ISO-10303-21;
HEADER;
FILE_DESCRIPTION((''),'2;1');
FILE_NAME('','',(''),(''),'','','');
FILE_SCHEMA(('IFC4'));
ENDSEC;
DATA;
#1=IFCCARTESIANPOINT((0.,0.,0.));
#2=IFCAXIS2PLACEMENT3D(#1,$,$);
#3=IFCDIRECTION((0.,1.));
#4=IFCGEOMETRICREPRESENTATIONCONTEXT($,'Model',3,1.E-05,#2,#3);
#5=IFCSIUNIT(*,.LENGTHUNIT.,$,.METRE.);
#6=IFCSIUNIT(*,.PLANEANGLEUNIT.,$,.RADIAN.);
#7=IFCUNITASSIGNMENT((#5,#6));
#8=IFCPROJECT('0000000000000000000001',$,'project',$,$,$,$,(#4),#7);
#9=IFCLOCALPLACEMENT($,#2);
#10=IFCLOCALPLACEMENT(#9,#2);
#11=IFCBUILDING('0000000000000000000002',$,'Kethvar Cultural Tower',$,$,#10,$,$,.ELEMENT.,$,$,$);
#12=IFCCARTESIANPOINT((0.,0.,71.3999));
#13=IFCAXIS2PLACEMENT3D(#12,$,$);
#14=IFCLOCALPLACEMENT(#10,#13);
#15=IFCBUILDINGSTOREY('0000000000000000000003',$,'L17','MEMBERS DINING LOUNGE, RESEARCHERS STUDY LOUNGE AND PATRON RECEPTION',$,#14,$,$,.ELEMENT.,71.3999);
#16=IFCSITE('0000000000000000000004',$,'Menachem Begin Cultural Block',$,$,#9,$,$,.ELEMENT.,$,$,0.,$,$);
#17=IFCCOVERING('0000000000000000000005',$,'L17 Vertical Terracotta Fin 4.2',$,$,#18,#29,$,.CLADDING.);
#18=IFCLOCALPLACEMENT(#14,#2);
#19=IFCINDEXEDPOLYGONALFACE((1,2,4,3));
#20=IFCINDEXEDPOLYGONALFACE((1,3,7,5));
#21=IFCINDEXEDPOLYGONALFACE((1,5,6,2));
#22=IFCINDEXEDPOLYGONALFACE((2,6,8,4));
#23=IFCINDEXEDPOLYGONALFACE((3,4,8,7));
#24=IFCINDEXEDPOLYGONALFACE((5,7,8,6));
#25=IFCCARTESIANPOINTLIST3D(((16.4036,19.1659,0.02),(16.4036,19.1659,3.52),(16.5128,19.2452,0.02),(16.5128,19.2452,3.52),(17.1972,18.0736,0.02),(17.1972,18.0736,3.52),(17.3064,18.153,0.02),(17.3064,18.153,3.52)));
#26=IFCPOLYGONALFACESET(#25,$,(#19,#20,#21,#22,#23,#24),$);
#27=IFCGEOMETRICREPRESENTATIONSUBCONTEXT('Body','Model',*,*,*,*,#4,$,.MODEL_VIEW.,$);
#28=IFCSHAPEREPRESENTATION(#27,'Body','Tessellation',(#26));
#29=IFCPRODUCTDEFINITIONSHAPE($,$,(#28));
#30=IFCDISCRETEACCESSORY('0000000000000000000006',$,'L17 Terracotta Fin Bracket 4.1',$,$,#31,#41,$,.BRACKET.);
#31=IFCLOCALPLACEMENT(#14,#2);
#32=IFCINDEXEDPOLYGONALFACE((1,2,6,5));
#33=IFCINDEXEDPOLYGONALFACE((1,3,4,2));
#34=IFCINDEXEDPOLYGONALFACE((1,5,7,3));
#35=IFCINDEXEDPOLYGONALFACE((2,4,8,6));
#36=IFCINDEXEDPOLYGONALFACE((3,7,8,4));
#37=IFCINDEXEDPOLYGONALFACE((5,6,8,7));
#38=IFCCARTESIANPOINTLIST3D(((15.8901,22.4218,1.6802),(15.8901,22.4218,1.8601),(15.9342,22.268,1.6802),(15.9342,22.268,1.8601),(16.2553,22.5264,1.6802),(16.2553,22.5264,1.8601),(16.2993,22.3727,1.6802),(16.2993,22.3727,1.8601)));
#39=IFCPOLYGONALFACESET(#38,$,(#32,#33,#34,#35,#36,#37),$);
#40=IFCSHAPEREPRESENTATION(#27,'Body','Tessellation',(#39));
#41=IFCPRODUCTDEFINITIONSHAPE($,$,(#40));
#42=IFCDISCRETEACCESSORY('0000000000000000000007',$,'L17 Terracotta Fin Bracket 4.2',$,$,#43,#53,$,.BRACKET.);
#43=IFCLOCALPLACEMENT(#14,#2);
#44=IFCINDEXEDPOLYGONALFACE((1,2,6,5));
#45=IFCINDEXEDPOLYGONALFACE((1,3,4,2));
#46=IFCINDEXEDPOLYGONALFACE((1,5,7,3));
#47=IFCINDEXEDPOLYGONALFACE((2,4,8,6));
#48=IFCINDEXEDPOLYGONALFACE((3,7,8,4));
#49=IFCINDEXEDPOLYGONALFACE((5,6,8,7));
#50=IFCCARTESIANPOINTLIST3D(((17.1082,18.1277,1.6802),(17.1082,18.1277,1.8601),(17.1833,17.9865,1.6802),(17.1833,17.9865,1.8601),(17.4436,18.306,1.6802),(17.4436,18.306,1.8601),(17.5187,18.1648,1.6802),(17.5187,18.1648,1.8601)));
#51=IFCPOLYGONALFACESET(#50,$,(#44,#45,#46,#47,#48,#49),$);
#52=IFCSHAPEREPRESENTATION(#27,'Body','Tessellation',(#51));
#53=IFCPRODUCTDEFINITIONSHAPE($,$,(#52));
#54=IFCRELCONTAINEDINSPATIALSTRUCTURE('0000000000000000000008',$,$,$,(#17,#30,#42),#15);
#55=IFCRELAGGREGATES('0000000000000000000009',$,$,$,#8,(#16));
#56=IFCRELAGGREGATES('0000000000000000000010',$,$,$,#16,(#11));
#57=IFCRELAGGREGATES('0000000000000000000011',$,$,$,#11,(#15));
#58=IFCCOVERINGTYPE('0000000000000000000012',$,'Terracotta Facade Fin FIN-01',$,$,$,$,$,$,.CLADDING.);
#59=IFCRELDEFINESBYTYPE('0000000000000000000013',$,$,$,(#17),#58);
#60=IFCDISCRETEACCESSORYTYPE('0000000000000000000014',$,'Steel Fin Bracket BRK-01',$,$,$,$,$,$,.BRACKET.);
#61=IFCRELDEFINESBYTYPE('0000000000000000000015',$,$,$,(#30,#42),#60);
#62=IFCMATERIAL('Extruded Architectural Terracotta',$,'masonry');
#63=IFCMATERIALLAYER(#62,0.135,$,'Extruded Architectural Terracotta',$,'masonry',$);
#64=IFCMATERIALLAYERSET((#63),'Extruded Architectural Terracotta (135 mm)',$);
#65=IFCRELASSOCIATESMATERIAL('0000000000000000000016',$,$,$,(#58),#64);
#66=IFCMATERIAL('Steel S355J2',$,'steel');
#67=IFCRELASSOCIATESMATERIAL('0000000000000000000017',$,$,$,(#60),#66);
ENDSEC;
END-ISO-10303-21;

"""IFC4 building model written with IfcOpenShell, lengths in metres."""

from ifc_helpers import new_model, si_unit, direction, frame, origin, origin_2d, place, context, subcontext, project, spatial, rectangle, extrude, source, transform, mapped, material, layer, layer_set, type_object, element, save


model = new_model("IFC4")

# Units and contexts
model_context = context("Model", 3, precision=1e-05, world=origin(), true_north=direction((0.0, 1.0)))
body_context = subcontext(model_context, "Body", "Model", "MODEL_VIEW")
ifc_project = project(units=[si_unit("LENGTHUNIT", "METRE"), si_unit("PLANEANGLEUNIT", "RADIAN")], contexts=[model_context])

# Site, building, storey
site_placement = place(None, origin())
site = spatial("IfcSite", under=ifc_project, at=site_placement, Name="Menachem Begin Cultural Block", CompositionType="ELEMENT", RefElevation=0.0)
building_placement = place(site_placement, origin())
building = spatial("IfcBuilding", under=site, at=building_placement, Name="Kethvar Cultural Tower", CompositionType="ELEMENT")
storey_placement = place(building_placement, frame((0.0, 0.0, 71.3999)))
storey = spatial("IfcBuildingStorey", under=building, at=storey_placement, Name="L17", Description="MEMBERS DINING LOUNGE, RESEARCHERS STUDY LOUNGE AND PATRON RECEPTION", CompositionType="ELEMENT", Elevation=71.3999)

# Shared definitions
ifc_material_1 = material(Name="Steel S355J2", Category="steel")

# Covering
ifc_material_2 = material(Name="Extruded Architectural Terracotta", Category="masonry")
ifc_layer_1 = layer(ifc_material_2, 0.135, Name="Extruded Architectural Terracotta", Category="masonry")
ifc_layer_set_1 = layer_set([ifc_layer_1], Name="Extruded Architectural Terracotta (135 mm)")
covering_type_1 = type_object("IfcCoveringType", Name="Terracotta Facade Fin FIN-01", PredefinedType="CLADDING", material=ifc_layer_set_1)
shared_shape_1 = source(origin(), body_context, "Body", "SweptSolid", [
    extrude(rectangle(XDim=1.3501, YDim=0.135, at=origin_2d()), origin(), (0.0, 0.0, 1.0), 3.5),
])
for number, where, z_axis, x_axis, name in (
    (1, (16.855, 18.6594, 0.02), (0.0, 0.0, 1.0), (-0.587785, 0.809017, 0.0), "L17 Vertical Terracotta Fin 4.2"),
):
    element("IfcCovering", number, at=place(storey_placement, frame(where, z_axis=z_axis, x_axis=x_axis)), inside=storey, type_object=covering_type_1, Name=name, PredefinedType="CLADDING", context=body_context, shape_type="MappedRepresentation", body=[
        mapped(shared_shape_1, transform((0.0, 0.0, 0.0), scale=1.0)),
    ])

# Discrete accessories
discrete_accessory_type = type_object("IfcDiscreteAccessoryType", Name="Steel Fin Bracket BRK-01", PredefinedType="BRACKET", material=ifc_material_1)
shared_shape_2 = source(origin(), body_context, "Body", "SweptSolid", [
    extrude(rectangle(XDim=0.3799, YDim=0.1599, at=origin_2d()), origin(), (0.0, 0.0, 1.0), 0.1799),
])
for number, where, z_axis, x_axis, name in (
    (2, (16.0947, 22.3972, 1.6802), (0.0, 0.0, 1.0), (-0.96131, -0.27547, 0.0), "L17 Terracotta Fin Bracket 4.1"),
    (3, (17.3135, 18.1462, 1.6802), (0.0, 0.0, 1.0), (-0.882948, -0.469472, 0.0), "L17 Terracotta Fin Bracket 4.2"),
):
    element("IfcDiscreteAccessory", number, at=place(storey_placement, frame(where, z_axis=z_axis, x_axis=x_axis)), inside=storey, type_object=discrete_accessory_type, Name=name, PredefinedType="BRACKET", context=body_context, shape_type="MappedRepresentation", body=[
        mapped(shared_shape_2, transform((0.0, 0.0, 0.0), scale=1.0)),
    ])

save(model, "model.ifc")
